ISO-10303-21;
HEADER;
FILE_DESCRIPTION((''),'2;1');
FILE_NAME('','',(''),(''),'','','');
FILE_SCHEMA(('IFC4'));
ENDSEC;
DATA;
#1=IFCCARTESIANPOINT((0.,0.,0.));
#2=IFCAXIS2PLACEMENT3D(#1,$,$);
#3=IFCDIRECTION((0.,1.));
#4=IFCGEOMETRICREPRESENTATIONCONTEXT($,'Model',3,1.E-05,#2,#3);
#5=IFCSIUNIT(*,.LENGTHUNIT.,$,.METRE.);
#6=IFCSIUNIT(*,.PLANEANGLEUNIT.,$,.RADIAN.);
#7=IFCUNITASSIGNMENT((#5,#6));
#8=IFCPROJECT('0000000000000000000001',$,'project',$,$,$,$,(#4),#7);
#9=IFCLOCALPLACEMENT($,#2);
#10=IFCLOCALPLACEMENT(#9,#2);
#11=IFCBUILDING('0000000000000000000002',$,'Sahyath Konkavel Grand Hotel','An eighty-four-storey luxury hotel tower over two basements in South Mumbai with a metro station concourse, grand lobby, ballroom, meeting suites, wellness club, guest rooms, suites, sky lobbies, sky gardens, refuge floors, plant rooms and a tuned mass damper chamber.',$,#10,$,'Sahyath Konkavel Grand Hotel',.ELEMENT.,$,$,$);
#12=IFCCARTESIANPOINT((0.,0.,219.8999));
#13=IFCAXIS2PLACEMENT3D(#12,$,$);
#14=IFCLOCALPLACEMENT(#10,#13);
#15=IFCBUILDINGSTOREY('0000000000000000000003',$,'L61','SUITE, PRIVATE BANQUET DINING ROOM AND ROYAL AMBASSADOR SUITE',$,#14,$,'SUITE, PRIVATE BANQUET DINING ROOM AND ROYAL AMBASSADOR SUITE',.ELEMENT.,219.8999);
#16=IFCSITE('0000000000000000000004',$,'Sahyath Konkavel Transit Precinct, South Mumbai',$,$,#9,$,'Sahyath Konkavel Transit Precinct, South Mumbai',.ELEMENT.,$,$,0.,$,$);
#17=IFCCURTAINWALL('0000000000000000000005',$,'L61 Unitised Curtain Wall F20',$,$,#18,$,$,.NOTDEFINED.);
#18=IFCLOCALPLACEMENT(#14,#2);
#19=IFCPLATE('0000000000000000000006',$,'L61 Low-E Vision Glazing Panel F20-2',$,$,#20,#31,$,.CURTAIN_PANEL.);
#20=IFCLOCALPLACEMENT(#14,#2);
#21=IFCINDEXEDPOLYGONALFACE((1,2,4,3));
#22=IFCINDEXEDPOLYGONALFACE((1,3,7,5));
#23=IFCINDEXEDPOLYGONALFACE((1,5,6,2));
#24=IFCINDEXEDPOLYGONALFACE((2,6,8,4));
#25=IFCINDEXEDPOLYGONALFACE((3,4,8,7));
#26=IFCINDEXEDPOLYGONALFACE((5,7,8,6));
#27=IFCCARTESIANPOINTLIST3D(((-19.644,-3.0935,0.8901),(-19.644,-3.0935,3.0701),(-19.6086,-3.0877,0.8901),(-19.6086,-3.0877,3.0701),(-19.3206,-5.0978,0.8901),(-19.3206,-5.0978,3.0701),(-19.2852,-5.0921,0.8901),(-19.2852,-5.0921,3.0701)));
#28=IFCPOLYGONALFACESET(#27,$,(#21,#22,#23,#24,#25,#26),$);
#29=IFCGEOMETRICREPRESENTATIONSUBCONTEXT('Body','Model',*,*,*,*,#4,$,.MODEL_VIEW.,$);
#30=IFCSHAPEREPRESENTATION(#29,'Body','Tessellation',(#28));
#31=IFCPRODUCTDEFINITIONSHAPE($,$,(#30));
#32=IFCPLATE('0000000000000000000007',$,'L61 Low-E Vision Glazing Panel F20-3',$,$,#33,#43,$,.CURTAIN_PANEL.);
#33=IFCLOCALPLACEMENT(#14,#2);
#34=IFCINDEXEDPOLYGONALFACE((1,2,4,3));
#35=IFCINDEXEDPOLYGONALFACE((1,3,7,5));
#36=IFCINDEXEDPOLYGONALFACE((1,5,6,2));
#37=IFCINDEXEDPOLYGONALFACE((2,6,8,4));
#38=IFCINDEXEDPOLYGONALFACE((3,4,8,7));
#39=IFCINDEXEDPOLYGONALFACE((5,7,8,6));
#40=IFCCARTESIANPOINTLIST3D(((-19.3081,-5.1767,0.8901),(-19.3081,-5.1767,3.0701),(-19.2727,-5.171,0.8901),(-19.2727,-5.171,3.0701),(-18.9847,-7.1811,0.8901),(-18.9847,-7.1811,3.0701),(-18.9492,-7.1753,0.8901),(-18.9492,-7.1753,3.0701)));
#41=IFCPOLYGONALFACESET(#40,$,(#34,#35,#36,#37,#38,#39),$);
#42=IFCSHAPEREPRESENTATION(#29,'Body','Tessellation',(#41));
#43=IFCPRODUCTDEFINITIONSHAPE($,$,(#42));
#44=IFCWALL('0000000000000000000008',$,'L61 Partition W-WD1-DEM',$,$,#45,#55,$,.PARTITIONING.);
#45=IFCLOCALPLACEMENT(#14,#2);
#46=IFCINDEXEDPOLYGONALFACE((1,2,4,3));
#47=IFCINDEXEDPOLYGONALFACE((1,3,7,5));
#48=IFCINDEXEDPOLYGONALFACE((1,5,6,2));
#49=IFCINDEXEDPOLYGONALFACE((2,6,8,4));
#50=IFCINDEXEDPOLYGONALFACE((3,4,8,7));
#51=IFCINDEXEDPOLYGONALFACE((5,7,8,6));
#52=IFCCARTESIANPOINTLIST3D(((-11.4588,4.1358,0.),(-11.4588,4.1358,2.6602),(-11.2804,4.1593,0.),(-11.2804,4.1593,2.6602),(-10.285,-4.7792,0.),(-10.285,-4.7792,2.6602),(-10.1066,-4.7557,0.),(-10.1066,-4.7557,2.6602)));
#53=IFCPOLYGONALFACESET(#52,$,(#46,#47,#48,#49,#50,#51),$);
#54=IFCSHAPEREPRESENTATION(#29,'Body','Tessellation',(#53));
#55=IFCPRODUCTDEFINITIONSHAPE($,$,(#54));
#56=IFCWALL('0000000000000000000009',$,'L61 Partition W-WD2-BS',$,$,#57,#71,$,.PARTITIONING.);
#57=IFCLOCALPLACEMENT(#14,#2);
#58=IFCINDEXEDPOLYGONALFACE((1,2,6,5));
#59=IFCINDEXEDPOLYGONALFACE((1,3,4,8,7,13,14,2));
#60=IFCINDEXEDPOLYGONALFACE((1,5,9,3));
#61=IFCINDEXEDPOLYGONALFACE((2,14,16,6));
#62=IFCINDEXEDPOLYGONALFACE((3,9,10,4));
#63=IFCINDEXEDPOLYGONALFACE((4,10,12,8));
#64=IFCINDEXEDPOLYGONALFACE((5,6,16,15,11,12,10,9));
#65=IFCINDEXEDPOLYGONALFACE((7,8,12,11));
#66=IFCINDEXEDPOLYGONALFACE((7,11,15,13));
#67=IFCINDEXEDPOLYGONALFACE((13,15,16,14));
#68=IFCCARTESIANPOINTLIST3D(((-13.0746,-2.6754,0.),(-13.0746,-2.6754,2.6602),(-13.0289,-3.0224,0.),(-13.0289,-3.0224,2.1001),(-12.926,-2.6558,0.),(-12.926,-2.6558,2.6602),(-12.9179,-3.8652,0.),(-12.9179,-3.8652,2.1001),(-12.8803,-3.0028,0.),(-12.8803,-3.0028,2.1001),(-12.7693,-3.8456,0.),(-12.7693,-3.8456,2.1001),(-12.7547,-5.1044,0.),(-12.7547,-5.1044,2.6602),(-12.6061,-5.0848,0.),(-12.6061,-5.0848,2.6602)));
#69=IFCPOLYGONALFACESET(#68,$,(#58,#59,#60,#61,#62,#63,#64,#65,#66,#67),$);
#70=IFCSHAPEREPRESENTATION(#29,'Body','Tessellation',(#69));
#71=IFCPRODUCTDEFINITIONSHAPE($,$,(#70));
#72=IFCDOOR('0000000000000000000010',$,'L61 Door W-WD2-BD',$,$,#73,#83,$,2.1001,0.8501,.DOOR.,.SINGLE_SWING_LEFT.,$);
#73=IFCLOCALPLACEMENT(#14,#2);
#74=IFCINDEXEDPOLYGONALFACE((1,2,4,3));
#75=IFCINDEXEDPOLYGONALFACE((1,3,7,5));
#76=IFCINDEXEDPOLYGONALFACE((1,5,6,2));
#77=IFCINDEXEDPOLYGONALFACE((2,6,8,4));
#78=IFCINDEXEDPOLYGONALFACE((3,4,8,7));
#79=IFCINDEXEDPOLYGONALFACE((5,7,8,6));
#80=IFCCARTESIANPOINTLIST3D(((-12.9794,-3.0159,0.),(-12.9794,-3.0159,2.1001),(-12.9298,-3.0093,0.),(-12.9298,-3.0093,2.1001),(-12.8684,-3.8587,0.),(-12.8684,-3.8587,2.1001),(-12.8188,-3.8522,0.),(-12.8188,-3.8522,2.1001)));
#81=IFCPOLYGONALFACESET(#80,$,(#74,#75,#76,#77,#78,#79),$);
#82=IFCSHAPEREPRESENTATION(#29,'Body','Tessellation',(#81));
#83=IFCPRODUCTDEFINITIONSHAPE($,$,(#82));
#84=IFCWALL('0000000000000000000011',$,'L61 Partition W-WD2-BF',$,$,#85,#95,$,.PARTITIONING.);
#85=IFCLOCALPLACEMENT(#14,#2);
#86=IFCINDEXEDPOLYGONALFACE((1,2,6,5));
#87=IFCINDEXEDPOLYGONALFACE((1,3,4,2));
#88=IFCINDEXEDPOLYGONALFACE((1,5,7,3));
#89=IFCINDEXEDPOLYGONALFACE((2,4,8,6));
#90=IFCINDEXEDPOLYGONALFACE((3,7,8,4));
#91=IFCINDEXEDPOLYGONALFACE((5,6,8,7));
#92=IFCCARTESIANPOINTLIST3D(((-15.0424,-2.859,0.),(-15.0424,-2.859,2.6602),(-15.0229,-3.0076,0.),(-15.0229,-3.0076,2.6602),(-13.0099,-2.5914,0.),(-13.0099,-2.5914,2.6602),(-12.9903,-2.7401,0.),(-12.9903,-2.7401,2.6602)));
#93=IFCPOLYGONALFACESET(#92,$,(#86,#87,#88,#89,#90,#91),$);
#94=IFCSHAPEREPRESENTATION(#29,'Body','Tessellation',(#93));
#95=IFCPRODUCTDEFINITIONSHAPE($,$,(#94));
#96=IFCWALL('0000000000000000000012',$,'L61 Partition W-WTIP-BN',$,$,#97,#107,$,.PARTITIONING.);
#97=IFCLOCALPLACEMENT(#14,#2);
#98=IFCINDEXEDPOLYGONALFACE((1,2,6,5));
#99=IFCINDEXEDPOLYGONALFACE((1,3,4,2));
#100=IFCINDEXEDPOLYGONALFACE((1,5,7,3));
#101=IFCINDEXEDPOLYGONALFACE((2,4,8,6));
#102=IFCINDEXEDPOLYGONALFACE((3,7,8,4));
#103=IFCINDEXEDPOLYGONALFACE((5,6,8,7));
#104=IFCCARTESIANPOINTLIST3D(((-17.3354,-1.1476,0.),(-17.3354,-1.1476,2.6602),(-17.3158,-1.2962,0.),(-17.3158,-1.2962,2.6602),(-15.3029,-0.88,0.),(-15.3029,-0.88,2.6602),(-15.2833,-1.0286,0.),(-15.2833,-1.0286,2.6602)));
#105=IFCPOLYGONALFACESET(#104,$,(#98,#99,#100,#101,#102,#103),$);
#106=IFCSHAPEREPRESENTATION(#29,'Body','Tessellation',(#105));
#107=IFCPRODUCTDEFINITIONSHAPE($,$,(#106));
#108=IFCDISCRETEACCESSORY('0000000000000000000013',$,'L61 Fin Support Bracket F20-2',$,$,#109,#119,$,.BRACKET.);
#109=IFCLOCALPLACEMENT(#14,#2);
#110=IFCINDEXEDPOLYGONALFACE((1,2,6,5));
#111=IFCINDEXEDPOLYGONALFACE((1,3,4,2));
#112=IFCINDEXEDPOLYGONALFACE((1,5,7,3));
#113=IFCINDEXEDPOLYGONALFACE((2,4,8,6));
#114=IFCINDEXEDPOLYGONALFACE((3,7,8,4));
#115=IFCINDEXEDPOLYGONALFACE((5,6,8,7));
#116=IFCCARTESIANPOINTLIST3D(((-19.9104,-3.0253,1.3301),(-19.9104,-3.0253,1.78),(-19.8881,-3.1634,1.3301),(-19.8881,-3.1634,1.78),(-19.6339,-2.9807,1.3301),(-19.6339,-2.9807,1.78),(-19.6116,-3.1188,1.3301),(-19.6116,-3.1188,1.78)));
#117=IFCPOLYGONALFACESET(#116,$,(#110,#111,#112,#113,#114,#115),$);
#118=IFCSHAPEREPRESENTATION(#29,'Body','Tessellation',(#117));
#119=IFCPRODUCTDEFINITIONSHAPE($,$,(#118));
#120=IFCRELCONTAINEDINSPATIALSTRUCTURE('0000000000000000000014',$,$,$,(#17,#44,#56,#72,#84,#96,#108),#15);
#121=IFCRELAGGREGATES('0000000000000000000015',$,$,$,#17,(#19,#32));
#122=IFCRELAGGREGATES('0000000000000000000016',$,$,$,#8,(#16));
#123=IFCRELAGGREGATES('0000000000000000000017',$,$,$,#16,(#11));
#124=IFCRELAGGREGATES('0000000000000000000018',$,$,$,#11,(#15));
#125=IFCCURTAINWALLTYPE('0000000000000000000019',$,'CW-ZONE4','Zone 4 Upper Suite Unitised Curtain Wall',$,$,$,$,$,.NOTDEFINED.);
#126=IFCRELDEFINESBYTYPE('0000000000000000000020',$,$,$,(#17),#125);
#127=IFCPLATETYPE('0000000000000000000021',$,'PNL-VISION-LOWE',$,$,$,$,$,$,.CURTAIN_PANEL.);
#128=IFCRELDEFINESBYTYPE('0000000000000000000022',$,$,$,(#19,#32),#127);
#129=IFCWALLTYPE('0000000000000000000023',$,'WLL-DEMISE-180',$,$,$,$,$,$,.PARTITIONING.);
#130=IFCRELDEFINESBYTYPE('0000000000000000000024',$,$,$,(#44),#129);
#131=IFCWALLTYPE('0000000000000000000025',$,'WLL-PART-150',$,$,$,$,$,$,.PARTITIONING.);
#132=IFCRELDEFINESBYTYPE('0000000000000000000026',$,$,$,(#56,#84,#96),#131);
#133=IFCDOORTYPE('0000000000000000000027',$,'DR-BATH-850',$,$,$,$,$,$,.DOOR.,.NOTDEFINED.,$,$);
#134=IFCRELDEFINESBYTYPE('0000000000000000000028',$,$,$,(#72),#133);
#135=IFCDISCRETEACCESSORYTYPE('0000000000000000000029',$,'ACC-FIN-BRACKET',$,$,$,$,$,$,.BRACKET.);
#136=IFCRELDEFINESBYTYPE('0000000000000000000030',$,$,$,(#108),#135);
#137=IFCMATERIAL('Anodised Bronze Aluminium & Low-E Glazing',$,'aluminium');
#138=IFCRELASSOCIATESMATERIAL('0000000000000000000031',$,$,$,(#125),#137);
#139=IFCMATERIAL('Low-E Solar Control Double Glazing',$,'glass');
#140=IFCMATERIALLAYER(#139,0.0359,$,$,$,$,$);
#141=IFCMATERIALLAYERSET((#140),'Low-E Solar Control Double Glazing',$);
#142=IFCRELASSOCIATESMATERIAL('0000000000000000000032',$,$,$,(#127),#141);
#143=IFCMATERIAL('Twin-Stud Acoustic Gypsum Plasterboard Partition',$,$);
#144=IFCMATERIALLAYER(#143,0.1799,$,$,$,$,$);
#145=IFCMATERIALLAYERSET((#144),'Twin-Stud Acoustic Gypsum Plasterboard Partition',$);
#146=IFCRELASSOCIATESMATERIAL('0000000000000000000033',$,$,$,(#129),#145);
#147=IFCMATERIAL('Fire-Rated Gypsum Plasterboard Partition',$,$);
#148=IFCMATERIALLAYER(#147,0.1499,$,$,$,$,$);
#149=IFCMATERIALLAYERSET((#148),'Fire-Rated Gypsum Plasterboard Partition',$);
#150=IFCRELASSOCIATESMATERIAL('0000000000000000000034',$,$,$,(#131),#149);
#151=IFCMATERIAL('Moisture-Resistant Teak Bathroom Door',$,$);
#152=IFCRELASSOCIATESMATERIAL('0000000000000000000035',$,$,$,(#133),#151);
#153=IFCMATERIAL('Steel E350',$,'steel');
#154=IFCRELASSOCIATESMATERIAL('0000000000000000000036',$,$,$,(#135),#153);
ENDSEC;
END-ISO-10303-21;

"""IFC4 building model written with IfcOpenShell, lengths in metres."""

from ifc_helpers import new_model, si_unit, direction, frame, frame_2d, origin, origin_2d, place, context, subcontext, project, spatial, rectangle, extrude, source, transform, mapped, material, layer, layer_set, type_object, element, fill, aggregate, save


model = new_model("IFC4")

# Units and contexts
model_context = context("Model", 3, precision=1e-05, world=origin(), true_north=direction((0.0, 1.0)))
body_context = subcontext(model_context, "Body", "Model", "MODEL_VIEW")
ifc_project = project(units=[si_unit("LENGTHUNIT", "METRE"), si_unit("PLANEANGLEUNIT", "RADIAN")], contexts=[model_context])

# Site, building, storey
site_placement = place(None, origin())
site = spatial("IfcSite", under=ifc_project, at=site_placement, Name="Sahyath Konkavel Transit Precinct, South Mumbai", LongName="Sahyath Konkavel Transit Precinct, South Mumbai", CompositionType="ELEMENT", RefElevation=0.0)
building_placement = place(site_placement, origin())
building = spatial("IfcBuilding", under=site, at=building_placement, Name="Sahyath Konkavel Grand Hotel", Description="An eighty-four-storey luxury hotel tower over two basements in South Mumbai with a metro station concourse, grand lobby, ballroom, meeting suites, wellness club, guest rooms, suites, sky lobbies, sky gardens, refuge floors, plant rooms and a tuned mass damper chamber.", LongName="Sahyath Konkavel Grand Hotel", CompositionType="ELEMENT")
storey_placement = place(building_placement, frame((0.0, 0.0, 219.8999)))
storey = spatial("IfcBuildingStorey", under=building, at=storey_placement, Name="L61", Description="SUITE, PRIVATE BANQUET DINING ROOM AND ROYAL AMBASSADOR SUITE", LongName="SUITE, PRIVATE BANQUET DINING ROOM AND ROYAL AMBASSADOR SUITE", CompositionType="ELEMENT", Elevation=219.8999)

# Shared definitions
ifc_material_1 = material(Name="Steel E350", Category="steel")

# Curtain wall
ifc_material_2 = material(Name="Anodised Bronze Aluminium & Low-E Glazing", Category="aluminium")
curtain_wall_type = type_object("IfcCurtainWallType", Name="CW-ZONE4", Description="Zone 4 Upper Suite Unitised Curtain Wall", PredefinedType="NOTDEFINED", material=ifc_material_2)
curtain_wall_1_placement = place(storey_placement, origin())
curtain_wall_1 = element("IfcCurtainWall", 1, at=curtain_wall_1_placement, inside=storey, type_object=curtain_wall_type, Name="L61 Unitised Curtain Wall F20", PredefinedType="NOTDEFINED")

# Plates
ifc_material_3 = material(Name="Low-E Solar Control Double Glazing", Category="glass")
ifc_layer_1 = layer(ifc_material_3, 0.0359)
ifc_layer_set_1 = layer_set([ifc_layer_1], Name="Low-E Solar Control Double Glazing")
plate_type_1 = type_object("IfcPlateType", Name="PNL-VISION-LOWE", PredefinedType="CURTAIN_PANEL", material=ifc_layer_set_1)
shared_shape_1 = source(origin(), body_context, "Body", "SweptSolid", [
    extrude(rectangle(XDim=2.0303, YDim=0.0359, at=origin_2d()), origin(), (0.0, 0.0, 1.0), 2.1799),
])
plate_1_placement = place(storey_placement, frame((-19.4646, -4.0928, 0.8901), z_axis=(0.0, 0.0, 1.0), x_axis=(0.159313, -0.987228, 0.0)))
plate_1 = element("IfcPlate", 2, at=plate_1_placement, type_object=plate_type_1, Name="L61 Low-E Vision Glazing Panel F20-2", PredefinedType="CURTAIN_PANEL", context=body_context, shape_type="MappedRepresentation", body=[
    mapped(shared_shape_1, transform((0.0, 0.0, 0.0), scale=1.0)),
])
plate_2_placement = place(storey_placement, frame((-19.1287, -6.176, 0.8901), z_axis=(0.0, 0.0, 1.0), x_axis=(0.159313, -0.987228, 0.0)))
plate_2 = element("IfcPlate", 3, at=plate_2_placement, type_object=plate_type_1, Name="L61 Low-E Vision Glazing Panel F20-3", PredefinedType="CURTAIN_PANEL", context=body_context, shape_type="MappedRepresentation", body=[
    mapped(shared_shape_1, transform((0.0, 0.0, 0.0), scale=1.0)),
])
aggregate(curtain_wall_1, [plate_1, plate_2])

# Wall
ifc_material_4 = material(Name="Twin-Stud Acoustic Gypsum Plasterboard Partition")
ifc_layer_2 = layer(ifc_material_4, 0.1799)
ifc_layer_set_2 = layer_set([ifc_layer_2], Name="Twin-Stud Acoustic Gypsum Plasterboard Partition")
wall_type_1 = type_object("IfcWallType", Name="WLL-DEMISE-180", PredefinedType="PARTITIONING", material=ifc_layer_set_2)
wall_1_placement = place(storey_placement, frame((-10.1958, -4.7676, 0.0), z_axis=(0.0, 0.0, 1.0), x_axis=(-0.130542, 0.991443, 0.0)))
element("IfcWall", 4, at=wall_1_placement, inside=storey, type_object=wall_type_1, Name="L61 Partition W-WD1-DEM", PredefinedType="PARTITIONING", context=body_context, shape_type="SweptSolid", body=[
    extrude(rectangle(XDim=8.9919, YDim=0.1799, at=frame_2d((4.4961, 0.0))), origin(), (0.0, 0.0, 1.0), 2.6602),
])

# Wall, opening, door
ifc_material_5 = material(Name="Fire-Rated Gypsum Plasterboard Partition")
ifc_layer_3 = layer(ifc_material_5, 0.1499)
ifc_layer_set_3 = layer_set([ifc_layer_3], Name="Fire-Rated Gypsum Plasterboard Partition")
wall_type_2 = type_object("IfcWallType", Name="WLL-PART-150", PredefinedType="PARTITIONING", material=ifc_layer_set_3)
wall_2_placement = place(storey_placement, frame((-12.6804, -5.0947, 0.0), z_axis=(0.0, 0.0, 1.0), x_axis=(-0.130545, 0.991442, 0.0)))
wall_2 = element("IfcWall", 5, at=wall_2_placement, inside=storey, type_object=wall_type_2, Name="L61 Partition W-WD2-BS", PredefinedType="PARTITIONING", context=body_context, shape_type="SweptSolid", body=[
    extrude(rectangle(XDim=2.45, YDim=0.1499, at=frame_2d((1.2251, 0.0))), origin(), (0.0, 0.0, 1.0), 2.6602),
])
opening_placement = place(wall_2_placement, frame((1.25, 0.0, 0.0)))
opening = element("IfcOpeningElement", 6, at=opening_placement, cuts=wall_2, PredefinedType="OPENING", context=body_context, shape_type="SweptSolid", body=[
    extrude(rectangle(XDim=0.8501, YDim=2.1001, at=frame_2d((0.425, 1.05))), frame((0.0, 0.085, 0.0), z_axis=(0.0, -1.0, 0.0), x_axis=(1.0, 0.0, 0.0)), (0.0, 0.0, 1.0), 0.1699),
])
ifc_material_6 = material(Name="Moisture-Resistant Teak Bathroom Door")
door_type = type_object("IfcDoorType", Name="DR-BATH-850", OperationType="NOTDEFINED", PredefinedType="DOOR", material=ifc_material_6)
shared_shape_2 = source(origin(), body_context, "Body", "SweptSolid", [
    extrude(rectangle(XDim=0.8501, YDim=0.05, at=origin_2d()), origin(), (0.0, 0.0, 1.0), 2.1001),
])
door_placement = place(opening_placement, frame((0.425, 0.0, 0.0)))
door = element("IfcDoor", 7, at=door_placement, inside=storey, type_object=door_type, Name="L61 Door W-WD2-BD", OperationType="SINGLE_SWING_LEFT", OverallHeight=2.1001, OverallWidth=0.8501, PredefinedType="DOOR", context=body_context, shape_type="MappedRepresentation", body=[
    mapped(shared_shape_2, transform((0.0, 0.0, 0.0), scale=1.0)),
])
fill(opening, door)

# Walls
for number, where, z_axis, x_axis, name in (
    (8, (-13.0002, -2.6658, 0.0), (0.0, 0.0, 1.0), (-0.991445, -0.130525, 0.0), "L61 Partition W-WD2-BF"),
    (9, (-15.2932, -0.9543, 0.0), (0.0, 0.0, 1.0), (-0.991445, -0.130525, 0.0), "L61 Partition W-WTIP-BN"),
):
    element("IfcWall", number, at=place(storey_placement, frame(where, z_axis=z_axis, x_axis=x_axis)), inside=storey, type_object=wall_type_2, Name=name, PredefinedType="PARTITIONING", context=body_context, shape_type="SweptSolid", body=[
        extrude(rectangle(XDim=2.05, YDim=0.1499, at=frame_2d((1.0249, 0.0))), origin(), (0.0, 0.0, 1.0), 2.6602),
    ])

# Discrete accessory
discrete_accessory_type = type_object("IfcDiscreteAccessoryType", Name="ACC-FIN-BRACKET", PredefinedType="BRACKET", material=ifc_material_1)
shared_shape_3 = source(origin(), body_context, "Body", "SweptSolid", [
    extrude(rectangle(XDim=0.28, YDim=0.1399, at=origin_2d()), origin(), (0.0, 0.0, 1.0), 0.45),
])
discrete_accessory_placement = place(storey_placement, frame((-19.761, -3.072, 1.3301), z_axis=(0.0, 0.0, 1.0), x_axis=(-0.987228, -0.159313, 0.0)))
element("IfcDiscreteAccessory", 10, at=discrete_accessory_placement, inside=storey, type_object=discrete_accessory_type, Name="L61 Fin Support Bracket F20-2", PredefinedType="BRACKET", context=body_context, shape_type="MappedRepresentation", body=[
    mapped(shared_shape_3, transform((0.0, 0.0, 0.0), scale=1.0)),
])

save(model, "model.ifc")
